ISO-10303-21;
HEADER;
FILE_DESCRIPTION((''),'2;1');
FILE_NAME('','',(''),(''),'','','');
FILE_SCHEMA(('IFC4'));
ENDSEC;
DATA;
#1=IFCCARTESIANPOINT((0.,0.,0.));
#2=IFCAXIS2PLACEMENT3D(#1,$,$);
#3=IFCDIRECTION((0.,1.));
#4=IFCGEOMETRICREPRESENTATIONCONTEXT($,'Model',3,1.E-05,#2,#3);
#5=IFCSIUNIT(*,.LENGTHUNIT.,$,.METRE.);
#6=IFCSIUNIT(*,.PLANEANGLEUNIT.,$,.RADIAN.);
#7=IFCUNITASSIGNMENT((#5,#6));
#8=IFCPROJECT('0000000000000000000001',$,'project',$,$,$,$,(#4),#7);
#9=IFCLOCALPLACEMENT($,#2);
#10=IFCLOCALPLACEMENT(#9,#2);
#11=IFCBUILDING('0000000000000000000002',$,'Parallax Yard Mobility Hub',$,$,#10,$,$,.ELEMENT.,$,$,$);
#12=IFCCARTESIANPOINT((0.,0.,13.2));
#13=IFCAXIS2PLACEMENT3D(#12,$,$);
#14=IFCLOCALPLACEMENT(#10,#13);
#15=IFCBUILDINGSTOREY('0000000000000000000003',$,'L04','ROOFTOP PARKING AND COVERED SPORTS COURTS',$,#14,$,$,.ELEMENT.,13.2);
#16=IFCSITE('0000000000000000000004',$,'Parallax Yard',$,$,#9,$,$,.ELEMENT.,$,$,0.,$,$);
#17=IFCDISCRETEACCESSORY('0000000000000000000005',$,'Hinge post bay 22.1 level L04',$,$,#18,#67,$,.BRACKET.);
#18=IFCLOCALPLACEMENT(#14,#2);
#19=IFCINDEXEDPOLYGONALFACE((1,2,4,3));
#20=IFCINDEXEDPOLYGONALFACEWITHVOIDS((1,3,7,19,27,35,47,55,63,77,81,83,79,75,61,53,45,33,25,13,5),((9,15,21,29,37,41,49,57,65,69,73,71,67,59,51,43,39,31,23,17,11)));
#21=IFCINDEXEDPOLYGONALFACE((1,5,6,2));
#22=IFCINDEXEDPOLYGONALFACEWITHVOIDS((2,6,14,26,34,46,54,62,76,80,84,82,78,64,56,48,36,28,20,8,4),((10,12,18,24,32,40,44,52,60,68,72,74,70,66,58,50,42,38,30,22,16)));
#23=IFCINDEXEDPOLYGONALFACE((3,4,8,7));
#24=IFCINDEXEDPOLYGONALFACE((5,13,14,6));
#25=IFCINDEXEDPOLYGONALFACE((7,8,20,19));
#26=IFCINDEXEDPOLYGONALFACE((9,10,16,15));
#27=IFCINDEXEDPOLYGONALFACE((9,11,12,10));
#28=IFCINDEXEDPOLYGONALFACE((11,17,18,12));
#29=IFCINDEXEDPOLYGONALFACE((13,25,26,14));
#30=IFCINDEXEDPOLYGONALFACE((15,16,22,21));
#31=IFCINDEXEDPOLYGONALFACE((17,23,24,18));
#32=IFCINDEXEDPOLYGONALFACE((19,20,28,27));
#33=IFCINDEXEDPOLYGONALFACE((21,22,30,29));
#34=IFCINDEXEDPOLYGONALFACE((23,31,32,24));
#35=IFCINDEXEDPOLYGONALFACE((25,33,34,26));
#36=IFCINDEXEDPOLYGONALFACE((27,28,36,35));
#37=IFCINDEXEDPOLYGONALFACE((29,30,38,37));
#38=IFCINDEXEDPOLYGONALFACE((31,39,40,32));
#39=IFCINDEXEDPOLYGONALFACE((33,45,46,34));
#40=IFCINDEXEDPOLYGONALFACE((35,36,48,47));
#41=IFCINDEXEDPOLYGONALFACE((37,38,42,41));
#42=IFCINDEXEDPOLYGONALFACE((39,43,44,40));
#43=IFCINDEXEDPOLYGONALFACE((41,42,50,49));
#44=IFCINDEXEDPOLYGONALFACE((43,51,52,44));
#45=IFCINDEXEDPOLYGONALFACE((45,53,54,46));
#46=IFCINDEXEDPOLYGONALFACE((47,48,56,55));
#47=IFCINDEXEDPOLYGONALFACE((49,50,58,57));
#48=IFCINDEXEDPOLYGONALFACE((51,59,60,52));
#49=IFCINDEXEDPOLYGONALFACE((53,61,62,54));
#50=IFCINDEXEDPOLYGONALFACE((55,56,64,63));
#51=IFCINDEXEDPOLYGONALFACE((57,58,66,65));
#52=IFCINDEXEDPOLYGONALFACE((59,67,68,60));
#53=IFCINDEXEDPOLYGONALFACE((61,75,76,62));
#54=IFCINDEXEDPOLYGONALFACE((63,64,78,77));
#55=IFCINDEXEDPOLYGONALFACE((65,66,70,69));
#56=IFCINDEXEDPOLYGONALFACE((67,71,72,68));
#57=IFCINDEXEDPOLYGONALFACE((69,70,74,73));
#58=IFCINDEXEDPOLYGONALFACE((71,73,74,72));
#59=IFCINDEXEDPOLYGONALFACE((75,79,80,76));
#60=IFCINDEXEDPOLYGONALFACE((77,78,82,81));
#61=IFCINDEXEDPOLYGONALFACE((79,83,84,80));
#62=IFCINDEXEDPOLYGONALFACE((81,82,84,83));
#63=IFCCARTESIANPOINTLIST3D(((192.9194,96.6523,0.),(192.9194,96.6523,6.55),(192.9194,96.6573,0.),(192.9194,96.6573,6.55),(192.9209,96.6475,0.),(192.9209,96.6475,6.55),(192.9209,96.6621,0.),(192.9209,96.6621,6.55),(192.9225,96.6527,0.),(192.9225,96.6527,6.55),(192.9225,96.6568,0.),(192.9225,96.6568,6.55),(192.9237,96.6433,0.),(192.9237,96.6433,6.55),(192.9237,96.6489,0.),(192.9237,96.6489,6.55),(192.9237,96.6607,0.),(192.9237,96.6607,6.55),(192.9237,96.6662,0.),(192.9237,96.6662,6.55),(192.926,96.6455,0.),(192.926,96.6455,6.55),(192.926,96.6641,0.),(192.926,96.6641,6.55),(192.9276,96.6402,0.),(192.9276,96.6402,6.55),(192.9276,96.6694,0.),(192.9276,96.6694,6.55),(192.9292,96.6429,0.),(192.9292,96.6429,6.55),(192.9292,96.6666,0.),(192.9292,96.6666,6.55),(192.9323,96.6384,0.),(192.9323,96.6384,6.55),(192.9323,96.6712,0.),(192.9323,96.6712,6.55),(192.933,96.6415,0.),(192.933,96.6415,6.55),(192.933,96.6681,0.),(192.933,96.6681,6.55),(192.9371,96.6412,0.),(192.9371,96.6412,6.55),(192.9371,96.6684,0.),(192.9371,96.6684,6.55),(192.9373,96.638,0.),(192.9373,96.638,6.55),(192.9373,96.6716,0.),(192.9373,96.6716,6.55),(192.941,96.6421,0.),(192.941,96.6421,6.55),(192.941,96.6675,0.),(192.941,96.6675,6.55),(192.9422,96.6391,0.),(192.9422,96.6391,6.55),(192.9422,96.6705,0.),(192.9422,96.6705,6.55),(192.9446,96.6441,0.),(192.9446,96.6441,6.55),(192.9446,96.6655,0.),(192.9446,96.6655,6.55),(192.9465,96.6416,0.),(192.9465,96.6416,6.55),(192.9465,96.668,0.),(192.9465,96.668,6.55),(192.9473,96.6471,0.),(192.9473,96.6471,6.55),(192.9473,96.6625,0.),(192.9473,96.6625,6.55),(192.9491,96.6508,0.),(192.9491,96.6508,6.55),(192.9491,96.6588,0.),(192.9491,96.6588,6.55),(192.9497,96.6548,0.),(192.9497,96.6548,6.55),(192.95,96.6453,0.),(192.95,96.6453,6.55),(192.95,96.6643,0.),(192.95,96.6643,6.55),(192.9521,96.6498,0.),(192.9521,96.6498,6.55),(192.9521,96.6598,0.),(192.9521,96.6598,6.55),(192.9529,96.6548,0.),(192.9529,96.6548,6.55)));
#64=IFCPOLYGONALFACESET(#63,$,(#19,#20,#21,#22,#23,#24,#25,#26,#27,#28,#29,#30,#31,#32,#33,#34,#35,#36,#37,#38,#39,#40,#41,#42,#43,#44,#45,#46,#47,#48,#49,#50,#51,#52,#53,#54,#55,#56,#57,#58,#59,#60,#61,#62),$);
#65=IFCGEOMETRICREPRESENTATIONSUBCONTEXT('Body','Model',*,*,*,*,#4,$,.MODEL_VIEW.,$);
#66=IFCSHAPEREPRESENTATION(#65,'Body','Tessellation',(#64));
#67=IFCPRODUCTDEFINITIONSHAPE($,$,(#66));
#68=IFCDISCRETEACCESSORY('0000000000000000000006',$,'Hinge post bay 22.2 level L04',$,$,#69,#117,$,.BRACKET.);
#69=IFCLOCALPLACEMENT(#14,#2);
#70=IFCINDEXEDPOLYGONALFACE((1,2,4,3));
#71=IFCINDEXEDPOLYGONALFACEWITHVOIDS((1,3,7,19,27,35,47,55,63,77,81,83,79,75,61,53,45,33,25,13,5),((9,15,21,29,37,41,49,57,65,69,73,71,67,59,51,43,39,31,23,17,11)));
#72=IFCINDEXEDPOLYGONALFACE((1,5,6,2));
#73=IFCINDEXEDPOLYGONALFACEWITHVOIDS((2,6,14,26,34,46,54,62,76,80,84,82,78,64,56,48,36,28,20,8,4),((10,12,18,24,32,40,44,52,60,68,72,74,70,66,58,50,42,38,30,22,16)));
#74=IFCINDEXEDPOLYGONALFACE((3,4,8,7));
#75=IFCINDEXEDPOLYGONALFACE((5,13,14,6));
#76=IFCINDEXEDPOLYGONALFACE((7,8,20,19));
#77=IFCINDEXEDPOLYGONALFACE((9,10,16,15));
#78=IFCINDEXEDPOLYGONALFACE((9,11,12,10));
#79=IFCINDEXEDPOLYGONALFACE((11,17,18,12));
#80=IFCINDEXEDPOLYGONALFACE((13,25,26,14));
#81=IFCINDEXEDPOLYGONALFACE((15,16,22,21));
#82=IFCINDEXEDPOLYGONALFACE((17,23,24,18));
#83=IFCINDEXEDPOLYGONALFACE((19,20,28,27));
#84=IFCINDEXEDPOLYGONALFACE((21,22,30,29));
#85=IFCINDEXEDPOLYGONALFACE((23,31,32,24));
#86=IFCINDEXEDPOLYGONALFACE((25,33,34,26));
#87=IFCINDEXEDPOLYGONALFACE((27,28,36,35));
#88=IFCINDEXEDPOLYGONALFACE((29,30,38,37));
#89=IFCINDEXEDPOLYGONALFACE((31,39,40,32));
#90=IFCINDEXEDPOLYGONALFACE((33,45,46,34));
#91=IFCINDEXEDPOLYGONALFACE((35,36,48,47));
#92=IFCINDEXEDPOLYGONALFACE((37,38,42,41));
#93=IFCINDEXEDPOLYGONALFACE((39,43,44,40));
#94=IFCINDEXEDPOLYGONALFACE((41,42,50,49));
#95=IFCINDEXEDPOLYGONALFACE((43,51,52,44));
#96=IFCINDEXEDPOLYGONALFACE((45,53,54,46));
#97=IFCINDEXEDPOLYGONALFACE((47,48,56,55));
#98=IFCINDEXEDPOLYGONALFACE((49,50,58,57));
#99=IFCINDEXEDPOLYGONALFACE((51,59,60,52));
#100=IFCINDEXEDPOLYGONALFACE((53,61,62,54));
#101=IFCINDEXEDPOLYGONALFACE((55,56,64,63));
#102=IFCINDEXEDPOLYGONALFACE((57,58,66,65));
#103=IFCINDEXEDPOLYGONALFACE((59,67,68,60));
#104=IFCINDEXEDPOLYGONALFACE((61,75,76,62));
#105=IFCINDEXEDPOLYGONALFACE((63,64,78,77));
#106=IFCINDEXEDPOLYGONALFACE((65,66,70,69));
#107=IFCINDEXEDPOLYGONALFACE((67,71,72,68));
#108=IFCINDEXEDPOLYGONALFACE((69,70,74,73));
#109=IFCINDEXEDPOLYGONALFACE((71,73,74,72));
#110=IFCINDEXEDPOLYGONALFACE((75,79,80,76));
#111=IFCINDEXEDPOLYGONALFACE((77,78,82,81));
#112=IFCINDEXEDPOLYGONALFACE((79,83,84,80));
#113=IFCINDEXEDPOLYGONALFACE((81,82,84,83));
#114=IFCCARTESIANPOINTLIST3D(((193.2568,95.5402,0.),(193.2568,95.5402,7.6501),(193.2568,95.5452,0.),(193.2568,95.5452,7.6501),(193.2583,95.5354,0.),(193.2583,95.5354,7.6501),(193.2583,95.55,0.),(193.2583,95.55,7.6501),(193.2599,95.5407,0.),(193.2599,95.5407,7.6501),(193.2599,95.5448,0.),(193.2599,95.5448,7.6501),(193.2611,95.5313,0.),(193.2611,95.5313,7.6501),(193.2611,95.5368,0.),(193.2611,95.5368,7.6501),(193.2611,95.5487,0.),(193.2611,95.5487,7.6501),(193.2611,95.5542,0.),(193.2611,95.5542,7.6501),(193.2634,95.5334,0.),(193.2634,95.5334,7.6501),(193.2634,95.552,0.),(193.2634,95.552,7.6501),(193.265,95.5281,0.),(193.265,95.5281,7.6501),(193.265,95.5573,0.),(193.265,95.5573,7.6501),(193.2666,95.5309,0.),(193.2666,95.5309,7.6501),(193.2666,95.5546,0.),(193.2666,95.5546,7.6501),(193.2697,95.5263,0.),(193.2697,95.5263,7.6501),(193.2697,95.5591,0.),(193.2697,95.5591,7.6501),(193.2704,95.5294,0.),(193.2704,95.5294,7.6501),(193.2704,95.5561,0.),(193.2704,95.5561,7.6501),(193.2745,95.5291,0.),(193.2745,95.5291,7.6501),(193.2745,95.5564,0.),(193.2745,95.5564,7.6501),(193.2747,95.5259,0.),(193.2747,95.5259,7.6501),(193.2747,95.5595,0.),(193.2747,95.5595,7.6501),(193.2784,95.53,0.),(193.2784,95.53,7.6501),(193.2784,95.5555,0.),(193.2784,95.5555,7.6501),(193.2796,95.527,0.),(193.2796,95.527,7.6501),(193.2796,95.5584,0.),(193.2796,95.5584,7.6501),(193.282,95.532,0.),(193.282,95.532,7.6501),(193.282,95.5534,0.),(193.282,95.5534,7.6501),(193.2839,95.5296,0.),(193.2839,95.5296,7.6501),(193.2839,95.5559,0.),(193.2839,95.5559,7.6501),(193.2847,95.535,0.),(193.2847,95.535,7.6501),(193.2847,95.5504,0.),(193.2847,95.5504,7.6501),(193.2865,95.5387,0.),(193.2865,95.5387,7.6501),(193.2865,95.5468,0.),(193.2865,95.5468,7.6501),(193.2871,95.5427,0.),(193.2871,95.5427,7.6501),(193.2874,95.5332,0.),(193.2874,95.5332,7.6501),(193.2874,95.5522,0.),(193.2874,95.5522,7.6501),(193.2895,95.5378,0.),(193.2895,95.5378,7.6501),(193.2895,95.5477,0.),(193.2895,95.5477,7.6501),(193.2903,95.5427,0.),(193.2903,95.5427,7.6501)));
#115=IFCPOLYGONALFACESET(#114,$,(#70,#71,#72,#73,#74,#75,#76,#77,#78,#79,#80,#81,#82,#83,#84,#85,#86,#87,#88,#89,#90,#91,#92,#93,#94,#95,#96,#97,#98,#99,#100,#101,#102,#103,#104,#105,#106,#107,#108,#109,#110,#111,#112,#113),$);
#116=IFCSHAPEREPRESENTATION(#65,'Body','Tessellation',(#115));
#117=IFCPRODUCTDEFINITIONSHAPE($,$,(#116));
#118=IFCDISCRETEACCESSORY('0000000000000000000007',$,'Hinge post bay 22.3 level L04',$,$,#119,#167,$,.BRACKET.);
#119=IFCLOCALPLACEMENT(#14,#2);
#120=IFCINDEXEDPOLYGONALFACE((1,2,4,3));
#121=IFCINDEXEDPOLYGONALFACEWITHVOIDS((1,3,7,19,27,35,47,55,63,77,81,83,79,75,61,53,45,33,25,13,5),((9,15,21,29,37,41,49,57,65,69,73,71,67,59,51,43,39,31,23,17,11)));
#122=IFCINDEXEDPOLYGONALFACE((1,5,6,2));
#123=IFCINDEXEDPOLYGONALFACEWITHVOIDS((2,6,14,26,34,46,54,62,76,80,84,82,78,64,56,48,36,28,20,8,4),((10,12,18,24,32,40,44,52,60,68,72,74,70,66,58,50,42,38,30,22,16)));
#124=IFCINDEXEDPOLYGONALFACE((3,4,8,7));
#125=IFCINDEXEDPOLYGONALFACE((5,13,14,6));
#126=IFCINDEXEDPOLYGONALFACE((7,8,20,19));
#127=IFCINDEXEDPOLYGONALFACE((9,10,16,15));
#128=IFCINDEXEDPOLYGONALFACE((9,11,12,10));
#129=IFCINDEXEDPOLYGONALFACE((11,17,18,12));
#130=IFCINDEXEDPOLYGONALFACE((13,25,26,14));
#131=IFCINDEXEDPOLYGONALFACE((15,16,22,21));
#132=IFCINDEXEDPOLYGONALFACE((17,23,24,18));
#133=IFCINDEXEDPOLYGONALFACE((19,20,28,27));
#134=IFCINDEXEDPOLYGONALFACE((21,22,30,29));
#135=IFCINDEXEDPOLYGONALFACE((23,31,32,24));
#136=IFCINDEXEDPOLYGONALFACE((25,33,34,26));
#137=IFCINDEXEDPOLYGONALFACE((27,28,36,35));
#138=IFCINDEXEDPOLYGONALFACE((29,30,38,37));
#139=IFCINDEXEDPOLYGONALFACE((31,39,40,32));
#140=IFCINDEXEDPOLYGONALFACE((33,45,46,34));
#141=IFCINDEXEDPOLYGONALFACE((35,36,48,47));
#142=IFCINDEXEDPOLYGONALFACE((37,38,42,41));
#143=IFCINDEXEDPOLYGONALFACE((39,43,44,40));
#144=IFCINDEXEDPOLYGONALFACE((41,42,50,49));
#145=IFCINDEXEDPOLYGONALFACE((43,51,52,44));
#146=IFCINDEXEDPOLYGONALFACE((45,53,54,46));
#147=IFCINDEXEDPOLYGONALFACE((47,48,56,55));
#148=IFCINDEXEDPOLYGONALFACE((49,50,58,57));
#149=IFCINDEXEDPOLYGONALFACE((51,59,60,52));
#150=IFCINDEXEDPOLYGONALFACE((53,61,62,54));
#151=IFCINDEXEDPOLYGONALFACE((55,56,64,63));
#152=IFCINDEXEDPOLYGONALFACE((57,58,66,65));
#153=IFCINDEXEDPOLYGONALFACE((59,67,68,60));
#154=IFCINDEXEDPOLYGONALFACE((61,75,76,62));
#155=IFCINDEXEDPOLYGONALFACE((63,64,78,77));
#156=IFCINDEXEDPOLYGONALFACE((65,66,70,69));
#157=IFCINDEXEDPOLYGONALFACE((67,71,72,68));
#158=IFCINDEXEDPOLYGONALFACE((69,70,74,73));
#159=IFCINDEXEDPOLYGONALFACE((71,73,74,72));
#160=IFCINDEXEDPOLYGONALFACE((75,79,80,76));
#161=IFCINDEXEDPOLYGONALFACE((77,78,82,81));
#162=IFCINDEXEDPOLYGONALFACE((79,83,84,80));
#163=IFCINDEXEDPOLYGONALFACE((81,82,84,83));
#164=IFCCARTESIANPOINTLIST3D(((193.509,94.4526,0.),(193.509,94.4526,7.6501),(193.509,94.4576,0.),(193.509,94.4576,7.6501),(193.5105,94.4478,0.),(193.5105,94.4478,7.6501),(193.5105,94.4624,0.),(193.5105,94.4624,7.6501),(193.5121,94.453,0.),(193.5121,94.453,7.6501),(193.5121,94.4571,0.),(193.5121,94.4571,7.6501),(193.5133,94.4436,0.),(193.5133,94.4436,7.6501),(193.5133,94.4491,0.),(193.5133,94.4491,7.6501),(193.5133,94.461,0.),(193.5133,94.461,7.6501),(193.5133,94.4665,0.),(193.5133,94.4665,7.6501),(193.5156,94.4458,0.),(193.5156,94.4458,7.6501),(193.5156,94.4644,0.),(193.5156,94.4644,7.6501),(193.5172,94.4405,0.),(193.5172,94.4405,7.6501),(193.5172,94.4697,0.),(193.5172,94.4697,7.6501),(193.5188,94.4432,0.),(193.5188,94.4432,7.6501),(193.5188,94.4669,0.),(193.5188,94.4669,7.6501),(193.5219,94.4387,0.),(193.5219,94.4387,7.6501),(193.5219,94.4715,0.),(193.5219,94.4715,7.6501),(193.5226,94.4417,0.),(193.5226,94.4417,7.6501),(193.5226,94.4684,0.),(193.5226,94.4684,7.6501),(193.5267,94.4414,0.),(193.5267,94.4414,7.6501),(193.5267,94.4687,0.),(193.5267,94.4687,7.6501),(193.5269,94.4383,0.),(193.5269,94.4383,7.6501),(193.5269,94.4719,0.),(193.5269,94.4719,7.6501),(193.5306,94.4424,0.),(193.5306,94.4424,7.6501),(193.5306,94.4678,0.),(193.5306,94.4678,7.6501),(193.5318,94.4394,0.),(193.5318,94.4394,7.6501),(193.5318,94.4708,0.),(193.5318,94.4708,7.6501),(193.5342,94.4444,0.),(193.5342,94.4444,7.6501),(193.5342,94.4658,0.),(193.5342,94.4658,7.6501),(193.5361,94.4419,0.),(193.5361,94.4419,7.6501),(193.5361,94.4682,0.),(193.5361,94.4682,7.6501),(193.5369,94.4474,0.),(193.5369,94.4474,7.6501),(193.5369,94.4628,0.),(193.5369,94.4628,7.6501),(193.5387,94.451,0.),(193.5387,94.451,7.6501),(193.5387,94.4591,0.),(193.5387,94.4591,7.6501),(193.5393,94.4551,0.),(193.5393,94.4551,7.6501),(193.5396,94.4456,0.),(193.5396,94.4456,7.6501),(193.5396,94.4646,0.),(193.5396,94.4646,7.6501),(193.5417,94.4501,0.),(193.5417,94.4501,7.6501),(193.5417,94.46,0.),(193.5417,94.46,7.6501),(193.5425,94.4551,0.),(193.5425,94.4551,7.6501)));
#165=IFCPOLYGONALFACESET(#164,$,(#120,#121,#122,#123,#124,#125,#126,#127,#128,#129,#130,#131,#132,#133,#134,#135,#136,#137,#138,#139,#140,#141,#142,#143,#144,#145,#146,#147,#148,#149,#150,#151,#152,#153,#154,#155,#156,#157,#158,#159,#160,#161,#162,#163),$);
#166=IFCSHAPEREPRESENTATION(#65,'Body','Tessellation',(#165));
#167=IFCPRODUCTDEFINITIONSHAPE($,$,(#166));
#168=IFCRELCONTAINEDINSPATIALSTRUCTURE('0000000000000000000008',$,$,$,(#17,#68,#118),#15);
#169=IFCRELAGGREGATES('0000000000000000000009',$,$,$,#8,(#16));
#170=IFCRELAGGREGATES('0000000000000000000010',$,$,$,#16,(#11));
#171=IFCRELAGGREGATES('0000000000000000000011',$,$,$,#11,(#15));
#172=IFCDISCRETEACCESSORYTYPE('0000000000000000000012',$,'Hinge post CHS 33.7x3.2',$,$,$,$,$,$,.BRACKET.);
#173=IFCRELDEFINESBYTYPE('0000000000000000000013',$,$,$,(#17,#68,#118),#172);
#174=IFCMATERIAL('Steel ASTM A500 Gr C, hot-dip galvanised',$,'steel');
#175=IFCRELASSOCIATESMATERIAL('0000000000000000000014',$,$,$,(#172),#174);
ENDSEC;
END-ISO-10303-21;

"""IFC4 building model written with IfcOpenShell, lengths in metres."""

from ifc_helpers import new_model, si_unit, direction, frame, origin, origin_2d, place, context, subcontext, project, spatial, hollow_circle, extrude, material, material_profile, profile_set, type_object, element, save


model = new_model("IFC4")

# Units and contexts
model_context = context("Model", 3, precision=1e-05, world=origin(), true_north=direction((0.0, 1.0)))
body_context = subcontext(model_context, "Body", "Model", "MODEL_VIEW")
ifc_project = project(units=[si_unit("LENGTHUNIT", "METRE"), si_unit("PLANEANGLEUNIT", "RADIAN")], contexts=[model_context])

# Site, building, storey
site_placement = place(None, origin())
site = spatial("IfcSite", under=ifc_project, at=site_placement, Name="Parallax Yard", CompositionType="ELEMENT", RefElevation=0.0)
building_placement = place(site_placement, origin())
building = spatial("IfcBuilding", under=site, at=building_placement, Name="Parallax Yard Mobility Hub", CompositionType="ELEMENT")
storey_placement = place(building_placement, frame((0.0, 0.0, 13.2)))
storey = spatial("IfcBuildingStorey", under=building, at=storey_placement, Name="L04", Description="ROOFTOP PARKING AND COVERED SPORTS COURTS", CompositionType="ELEMENT", Elevation=13.2)

# Discrete accessories
ifc_material_1 = material(Name="Steel ASTM A500 Gr C, hot-dip galvanised", Category="steel")
ifc_material_profile_1 = material_profile(ifc_material_1, hollow_circle(Radius=0.0168, WallThickness=0.0032, at=origin_2d()), Name="CHS 33.7x3.2")
ifc_profile_set_1 = profile_set([ifc_material_profile_1], Name="Steel ASTM A500 Gr C, hot-dip galvanised")
discrete_accessory_type_1 = type_object("IfcDiscreteAccessoryType", Name="Hinge post CHS 33.7x3.2", PredefinedType="BRACKET", material=ifc_profile_set_1)
for number, where, z_axis, x_axis, name in (
    (1, (192.936, 96.6548, 0.0), (0.0, 0.0, 1.0), (1.0, 0.0, 0.0), "Hinge post bay 22.1 level L04"),
):
    element("IfcDiscreteAccessory", number, at=place(storey_placement, frame(where, z_axis=z_axis, x_axis=x_axis)), inside=storey, type_object=discrete_accessory_type_1, Name=name, PredefinedType="BRACKET", context=body_context, shape_type="SweptSolid", body=[
        extrude(hollow_circle(Radius=0.0168, WallThickness=0.0032, at=origin_2d()), origin(), (0.0, 0.0, 1.0), 6.55),
    ])
for number, where, z_axis, x_axis, name in (
    (2, (193.2734, 95.5427, 0.0), (0.0, 0.0, 1.0), (1.0, 0.0, 0.0), "Hinge post bay 22.2 level L04"),
    (3, (193.5256, 94.4551, 0.0), (0.0, 0.0, 1.0), (1.0, 0.0, 0.0), "Hinge post bay 22.3 level L04"),
):
    element("IfcDiscreteAccessory", number, at=place(storey_placement, frame(where, z_axis=z_axis, x_axis=x_axis)), inside=storey, type_object=discrete_accessory_type_1, Name=name, PredefinedType="BRACKET", context=body_context, shape_type="SweptSolid", body=[
        extrude(hollow_circle(Radius=0.0168, WallThickness=0.0032, at=origin_2d()), origin(), (0.0, 0.0, 1.0), 7.6501),
    ])

save(model, "model.ifc")
